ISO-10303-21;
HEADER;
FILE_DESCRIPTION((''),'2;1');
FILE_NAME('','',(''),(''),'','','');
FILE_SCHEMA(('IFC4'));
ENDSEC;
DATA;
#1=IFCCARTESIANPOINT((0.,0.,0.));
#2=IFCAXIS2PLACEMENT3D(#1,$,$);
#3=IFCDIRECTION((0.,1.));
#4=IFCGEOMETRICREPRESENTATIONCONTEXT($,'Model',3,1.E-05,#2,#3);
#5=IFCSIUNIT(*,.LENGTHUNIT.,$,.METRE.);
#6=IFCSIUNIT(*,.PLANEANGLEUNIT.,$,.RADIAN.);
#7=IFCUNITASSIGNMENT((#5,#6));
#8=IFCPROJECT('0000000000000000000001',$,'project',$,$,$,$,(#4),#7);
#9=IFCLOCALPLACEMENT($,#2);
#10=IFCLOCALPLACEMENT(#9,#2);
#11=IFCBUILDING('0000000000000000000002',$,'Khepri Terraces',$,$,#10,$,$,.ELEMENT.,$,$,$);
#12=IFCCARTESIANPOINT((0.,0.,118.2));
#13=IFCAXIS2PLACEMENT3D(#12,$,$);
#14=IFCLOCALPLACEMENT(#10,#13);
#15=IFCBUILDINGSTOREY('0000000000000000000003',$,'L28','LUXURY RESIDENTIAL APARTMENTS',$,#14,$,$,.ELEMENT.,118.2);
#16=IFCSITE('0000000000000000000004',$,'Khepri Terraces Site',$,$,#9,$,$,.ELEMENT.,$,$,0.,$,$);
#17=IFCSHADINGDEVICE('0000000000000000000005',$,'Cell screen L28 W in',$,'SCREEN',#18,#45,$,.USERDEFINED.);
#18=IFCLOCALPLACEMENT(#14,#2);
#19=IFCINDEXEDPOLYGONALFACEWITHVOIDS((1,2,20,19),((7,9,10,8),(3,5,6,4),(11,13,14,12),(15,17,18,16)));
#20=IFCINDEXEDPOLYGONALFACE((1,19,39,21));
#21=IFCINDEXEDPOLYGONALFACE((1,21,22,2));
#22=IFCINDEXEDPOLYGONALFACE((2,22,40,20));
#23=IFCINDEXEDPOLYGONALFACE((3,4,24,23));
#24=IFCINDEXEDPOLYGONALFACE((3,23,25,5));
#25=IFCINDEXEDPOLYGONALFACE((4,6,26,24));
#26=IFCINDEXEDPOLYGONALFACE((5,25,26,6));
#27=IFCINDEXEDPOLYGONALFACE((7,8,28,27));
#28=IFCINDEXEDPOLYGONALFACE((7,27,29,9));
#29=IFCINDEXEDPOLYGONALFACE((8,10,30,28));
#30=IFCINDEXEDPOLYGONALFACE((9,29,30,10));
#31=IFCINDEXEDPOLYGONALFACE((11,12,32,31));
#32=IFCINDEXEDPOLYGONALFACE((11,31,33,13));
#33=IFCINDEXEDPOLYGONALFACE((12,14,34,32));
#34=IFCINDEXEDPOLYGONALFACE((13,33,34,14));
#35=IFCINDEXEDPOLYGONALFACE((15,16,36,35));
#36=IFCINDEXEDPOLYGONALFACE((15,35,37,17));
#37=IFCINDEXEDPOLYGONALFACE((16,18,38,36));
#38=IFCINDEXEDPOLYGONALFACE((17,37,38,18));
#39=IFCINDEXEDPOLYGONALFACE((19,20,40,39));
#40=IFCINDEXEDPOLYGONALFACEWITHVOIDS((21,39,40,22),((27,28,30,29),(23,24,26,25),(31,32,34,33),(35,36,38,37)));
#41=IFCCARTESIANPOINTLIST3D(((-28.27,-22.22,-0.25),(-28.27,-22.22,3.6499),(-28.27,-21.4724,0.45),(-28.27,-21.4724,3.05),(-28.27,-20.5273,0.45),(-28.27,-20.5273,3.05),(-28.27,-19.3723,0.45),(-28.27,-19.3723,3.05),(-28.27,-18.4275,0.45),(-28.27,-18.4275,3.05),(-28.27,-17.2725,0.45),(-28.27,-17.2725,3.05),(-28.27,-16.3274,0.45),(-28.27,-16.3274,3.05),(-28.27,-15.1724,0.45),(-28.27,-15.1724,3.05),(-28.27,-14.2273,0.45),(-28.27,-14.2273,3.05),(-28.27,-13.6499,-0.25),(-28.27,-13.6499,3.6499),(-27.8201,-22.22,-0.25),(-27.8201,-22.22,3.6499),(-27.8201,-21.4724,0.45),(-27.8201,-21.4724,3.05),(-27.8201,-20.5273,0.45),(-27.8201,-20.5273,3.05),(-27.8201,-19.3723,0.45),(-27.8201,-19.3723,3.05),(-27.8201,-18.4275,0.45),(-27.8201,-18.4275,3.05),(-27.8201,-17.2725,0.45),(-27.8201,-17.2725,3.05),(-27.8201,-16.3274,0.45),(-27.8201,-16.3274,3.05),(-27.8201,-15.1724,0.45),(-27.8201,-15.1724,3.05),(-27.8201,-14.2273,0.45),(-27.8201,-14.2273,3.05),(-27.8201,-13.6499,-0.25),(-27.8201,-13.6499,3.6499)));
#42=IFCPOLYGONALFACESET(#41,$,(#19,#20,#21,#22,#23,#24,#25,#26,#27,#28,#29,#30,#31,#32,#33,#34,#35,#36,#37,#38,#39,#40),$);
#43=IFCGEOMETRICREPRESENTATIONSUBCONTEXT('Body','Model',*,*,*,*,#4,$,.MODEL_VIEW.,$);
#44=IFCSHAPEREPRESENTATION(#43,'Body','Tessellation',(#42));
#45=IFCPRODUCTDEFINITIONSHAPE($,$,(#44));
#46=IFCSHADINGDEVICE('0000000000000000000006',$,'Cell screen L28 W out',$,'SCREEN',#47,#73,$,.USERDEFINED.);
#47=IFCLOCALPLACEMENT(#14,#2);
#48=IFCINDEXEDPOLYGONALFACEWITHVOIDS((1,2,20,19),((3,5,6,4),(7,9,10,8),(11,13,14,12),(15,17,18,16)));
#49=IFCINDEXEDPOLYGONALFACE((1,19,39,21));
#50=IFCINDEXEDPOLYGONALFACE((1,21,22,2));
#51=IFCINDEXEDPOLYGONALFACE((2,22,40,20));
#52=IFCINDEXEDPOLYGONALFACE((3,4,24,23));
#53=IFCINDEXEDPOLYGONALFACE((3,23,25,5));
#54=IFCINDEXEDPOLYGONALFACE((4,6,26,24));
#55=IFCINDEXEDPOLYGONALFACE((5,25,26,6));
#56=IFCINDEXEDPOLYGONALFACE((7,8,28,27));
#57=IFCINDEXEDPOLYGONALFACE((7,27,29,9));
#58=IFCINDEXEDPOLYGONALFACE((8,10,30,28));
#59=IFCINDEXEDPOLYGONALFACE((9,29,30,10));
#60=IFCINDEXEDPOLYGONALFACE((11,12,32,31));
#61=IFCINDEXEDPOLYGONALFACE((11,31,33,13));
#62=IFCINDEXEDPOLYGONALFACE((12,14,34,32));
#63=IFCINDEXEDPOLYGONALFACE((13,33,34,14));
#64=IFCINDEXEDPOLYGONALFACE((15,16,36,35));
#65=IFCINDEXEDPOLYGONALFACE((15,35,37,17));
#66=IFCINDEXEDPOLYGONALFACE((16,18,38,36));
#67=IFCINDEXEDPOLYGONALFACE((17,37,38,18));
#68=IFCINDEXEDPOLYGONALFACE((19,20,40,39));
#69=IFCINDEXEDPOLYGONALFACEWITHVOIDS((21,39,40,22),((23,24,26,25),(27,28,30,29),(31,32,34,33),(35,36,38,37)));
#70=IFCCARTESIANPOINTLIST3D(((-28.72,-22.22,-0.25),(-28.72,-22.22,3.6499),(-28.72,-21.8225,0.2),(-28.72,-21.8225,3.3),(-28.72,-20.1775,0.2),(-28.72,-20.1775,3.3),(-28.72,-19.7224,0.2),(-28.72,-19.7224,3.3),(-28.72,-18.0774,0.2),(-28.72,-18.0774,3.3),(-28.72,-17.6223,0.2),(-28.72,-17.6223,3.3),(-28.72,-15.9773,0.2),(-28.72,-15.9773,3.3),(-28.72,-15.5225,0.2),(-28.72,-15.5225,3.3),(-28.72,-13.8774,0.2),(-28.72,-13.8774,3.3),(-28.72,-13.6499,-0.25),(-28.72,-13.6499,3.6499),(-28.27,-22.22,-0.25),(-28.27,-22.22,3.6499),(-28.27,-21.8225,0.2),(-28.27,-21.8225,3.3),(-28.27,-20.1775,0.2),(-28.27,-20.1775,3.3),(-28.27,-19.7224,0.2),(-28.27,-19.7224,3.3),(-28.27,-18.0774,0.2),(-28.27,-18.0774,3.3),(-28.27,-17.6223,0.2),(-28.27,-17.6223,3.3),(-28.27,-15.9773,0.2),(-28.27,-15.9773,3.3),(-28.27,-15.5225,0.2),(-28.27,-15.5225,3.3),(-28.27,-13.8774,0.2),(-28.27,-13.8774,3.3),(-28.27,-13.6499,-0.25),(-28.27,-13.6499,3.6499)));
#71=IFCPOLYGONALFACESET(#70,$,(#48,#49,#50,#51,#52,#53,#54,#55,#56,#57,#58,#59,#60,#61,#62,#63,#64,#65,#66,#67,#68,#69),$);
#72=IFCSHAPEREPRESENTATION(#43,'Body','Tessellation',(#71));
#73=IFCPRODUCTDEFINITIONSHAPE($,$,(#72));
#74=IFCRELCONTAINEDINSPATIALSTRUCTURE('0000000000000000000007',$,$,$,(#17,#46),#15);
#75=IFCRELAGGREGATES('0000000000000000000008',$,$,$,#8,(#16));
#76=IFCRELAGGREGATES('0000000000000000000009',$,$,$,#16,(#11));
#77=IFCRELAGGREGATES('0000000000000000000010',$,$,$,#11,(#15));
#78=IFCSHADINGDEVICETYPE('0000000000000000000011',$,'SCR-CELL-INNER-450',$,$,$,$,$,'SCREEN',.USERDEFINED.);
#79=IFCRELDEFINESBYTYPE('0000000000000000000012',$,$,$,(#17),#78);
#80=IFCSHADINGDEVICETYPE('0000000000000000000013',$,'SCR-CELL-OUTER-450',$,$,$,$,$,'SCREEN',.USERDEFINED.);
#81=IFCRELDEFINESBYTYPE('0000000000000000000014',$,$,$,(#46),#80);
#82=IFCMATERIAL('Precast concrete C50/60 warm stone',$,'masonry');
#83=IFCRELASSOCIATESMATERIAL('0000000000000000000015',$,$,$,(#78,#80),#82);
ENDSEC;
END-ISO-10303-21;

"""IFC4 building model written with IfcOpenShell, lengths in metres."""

from ifc_helpers import new_model, si_unit, direction, frame, origin, place, context, subcontext, project, spatial, polyline, outline, extrude, material, type_object, element, save


model = new_model("IFC4")

# Units and contexts
model_context = context("Model", 3, precision=1e-05, world=origin(), true_north=direction((0.0, 1.0)))
body_context = subcontext(model_context, "Body", "Model", "MODEL_VIEW")
ifc_project = project(units=[si_unit("LENGTHUNIT", "METRE"), si_unit("PLANEANGLEUNIT", "RADIAN")], contexts=[model_context])

# Site, building, storey
site_placement = place(None, origin())
site = spatial("IfcSite", under=ifc_project, at=site_placement, Name="Khepri Terraces Site", CompositionType="ELEMENT", RefElevation=0.0)
building_placement = place(site_placement, origin())
building = spatial("IfcBuilding", under=site, at=building_placement, Name="Khepri Terraces", CompositionType="ELEMENT")
storey_placement = place(building_placement, frame((0.0, 0.0, 118.2)))
storey = spatial("IfcBuildingStorey", under=building, at=storey_placement, Name="L28", Description="LUXURY RESIDENTIAL APARTMENTS", CompositionType="ELEMENT", Elevation=118.2)

# Shared definitions
ifc_material_1 = material(Name="Precast concrete C50/60 warm stone", Category="masonry")

# Shading devices
shading_device_type_1 = type_object("IfcShadingDeviceType", Name="SCR-CELL-INNER-450", ElementType="SCREEN", PredefinedType="USERDEFINED", material=ifc_material_1)
shading_device_1_placement = place(storey_placement, frame((-27.8201, -13.6499, -0.25), z_axis=(-1.0, 0.0, 0.0), x_axis=(0.0, -1.0, 0.0)))
element("IfcShadingDevice", 1, at=shading_device_1_placement, inside=storey, type_object=shading_device_type_1, Name="Cell screen L28 W in", ObjectType="SCREEN", PredefinedType="USERDEFINED", context=body_context, shape_type="SweptSolid", body=[
    extrude(outline(polyline([(0.0, 0.0), (8.5701, 0.0), (8.5701, 3.8999), (0.0, 3.8999), (0.0, 0.0)]), holes=[polyline([(0.5774, 0.7), (1.5225, 0.7), (1.5225, 3.3), (0.5774, 3.3), (0.5774, 0.7)]), polyline([(2.6775, 0.7), (3.6226, 0.7), (3.6226, 3.3), (2.6775, 3.3), (2.6775, 0.7)]), polyline([(4.7776, 0.7), (5.7224, 0.7), (5.7224, 3.3), (4.7776, 3.3), (4.7776, 0.7)]), polyline([(6.8774, 0.7), (7.8225, 0.7), (7.8225, 3.3), (6.8774, 3.3), (6.8774, 0.7)])]), origin(), (0.0, 0.0, 1.0), 0.45),
])
shading_device_type_2 = type_object("IfcShadingDeviceType", Name="SCR-CELL-OUTER-450", ElementType="SCREEN", PredefinedType="USERDEFINED", material=ifc_material_1)
shading_device_2_placement = place(storey_placement, frame((-28.27, -13.6499, -0.25), z_axis=(-1.0, 0.0, 0.0), x_axis=(0.0, -1.0, 0.0)))
element("IfcShadingDevice", 2, at=shading_device_2_placement, inside=storey, type_object=shading_device_type_2, Name="Cell screen L28 W out", ObjectType="SCREEN", PredefinedType="USERDEFINED", context=body_context, shape_type="SweptSolid", body=[
    extrude(outline(polyline([(0.0, 0.0), (8.5701, 0.0), (8.5701, 3.8999), (0.0, 3.8999), (0.0, 0.0)]), holes=[polyline([(0.2275, 0.45), (1.8726, 0.45), (1.8726, 3.55), (0.2275, 3.55), (0.2275, 0.45)]), polyline([(2.3274, 0.45), (3.9724, 0.45), (3.9724, 3.55), (2.3274, 3.55), (2.3274, 0.45)]), polyline([(4.4275, 0.45), (6.0725, 0.45), (6.0725, 3.55), (4.4275, 3.55), (4.4275, 0.45)]), polyline([(6.5276, 0.45), (8.1726, 0.45), (8.1726, 3.55), (6.5276, 3.55), (6.5276, 0.45)])]), origin(), (0.0, 0.0, 1.0), 0.45),
])

save(model, "model.ifc")
